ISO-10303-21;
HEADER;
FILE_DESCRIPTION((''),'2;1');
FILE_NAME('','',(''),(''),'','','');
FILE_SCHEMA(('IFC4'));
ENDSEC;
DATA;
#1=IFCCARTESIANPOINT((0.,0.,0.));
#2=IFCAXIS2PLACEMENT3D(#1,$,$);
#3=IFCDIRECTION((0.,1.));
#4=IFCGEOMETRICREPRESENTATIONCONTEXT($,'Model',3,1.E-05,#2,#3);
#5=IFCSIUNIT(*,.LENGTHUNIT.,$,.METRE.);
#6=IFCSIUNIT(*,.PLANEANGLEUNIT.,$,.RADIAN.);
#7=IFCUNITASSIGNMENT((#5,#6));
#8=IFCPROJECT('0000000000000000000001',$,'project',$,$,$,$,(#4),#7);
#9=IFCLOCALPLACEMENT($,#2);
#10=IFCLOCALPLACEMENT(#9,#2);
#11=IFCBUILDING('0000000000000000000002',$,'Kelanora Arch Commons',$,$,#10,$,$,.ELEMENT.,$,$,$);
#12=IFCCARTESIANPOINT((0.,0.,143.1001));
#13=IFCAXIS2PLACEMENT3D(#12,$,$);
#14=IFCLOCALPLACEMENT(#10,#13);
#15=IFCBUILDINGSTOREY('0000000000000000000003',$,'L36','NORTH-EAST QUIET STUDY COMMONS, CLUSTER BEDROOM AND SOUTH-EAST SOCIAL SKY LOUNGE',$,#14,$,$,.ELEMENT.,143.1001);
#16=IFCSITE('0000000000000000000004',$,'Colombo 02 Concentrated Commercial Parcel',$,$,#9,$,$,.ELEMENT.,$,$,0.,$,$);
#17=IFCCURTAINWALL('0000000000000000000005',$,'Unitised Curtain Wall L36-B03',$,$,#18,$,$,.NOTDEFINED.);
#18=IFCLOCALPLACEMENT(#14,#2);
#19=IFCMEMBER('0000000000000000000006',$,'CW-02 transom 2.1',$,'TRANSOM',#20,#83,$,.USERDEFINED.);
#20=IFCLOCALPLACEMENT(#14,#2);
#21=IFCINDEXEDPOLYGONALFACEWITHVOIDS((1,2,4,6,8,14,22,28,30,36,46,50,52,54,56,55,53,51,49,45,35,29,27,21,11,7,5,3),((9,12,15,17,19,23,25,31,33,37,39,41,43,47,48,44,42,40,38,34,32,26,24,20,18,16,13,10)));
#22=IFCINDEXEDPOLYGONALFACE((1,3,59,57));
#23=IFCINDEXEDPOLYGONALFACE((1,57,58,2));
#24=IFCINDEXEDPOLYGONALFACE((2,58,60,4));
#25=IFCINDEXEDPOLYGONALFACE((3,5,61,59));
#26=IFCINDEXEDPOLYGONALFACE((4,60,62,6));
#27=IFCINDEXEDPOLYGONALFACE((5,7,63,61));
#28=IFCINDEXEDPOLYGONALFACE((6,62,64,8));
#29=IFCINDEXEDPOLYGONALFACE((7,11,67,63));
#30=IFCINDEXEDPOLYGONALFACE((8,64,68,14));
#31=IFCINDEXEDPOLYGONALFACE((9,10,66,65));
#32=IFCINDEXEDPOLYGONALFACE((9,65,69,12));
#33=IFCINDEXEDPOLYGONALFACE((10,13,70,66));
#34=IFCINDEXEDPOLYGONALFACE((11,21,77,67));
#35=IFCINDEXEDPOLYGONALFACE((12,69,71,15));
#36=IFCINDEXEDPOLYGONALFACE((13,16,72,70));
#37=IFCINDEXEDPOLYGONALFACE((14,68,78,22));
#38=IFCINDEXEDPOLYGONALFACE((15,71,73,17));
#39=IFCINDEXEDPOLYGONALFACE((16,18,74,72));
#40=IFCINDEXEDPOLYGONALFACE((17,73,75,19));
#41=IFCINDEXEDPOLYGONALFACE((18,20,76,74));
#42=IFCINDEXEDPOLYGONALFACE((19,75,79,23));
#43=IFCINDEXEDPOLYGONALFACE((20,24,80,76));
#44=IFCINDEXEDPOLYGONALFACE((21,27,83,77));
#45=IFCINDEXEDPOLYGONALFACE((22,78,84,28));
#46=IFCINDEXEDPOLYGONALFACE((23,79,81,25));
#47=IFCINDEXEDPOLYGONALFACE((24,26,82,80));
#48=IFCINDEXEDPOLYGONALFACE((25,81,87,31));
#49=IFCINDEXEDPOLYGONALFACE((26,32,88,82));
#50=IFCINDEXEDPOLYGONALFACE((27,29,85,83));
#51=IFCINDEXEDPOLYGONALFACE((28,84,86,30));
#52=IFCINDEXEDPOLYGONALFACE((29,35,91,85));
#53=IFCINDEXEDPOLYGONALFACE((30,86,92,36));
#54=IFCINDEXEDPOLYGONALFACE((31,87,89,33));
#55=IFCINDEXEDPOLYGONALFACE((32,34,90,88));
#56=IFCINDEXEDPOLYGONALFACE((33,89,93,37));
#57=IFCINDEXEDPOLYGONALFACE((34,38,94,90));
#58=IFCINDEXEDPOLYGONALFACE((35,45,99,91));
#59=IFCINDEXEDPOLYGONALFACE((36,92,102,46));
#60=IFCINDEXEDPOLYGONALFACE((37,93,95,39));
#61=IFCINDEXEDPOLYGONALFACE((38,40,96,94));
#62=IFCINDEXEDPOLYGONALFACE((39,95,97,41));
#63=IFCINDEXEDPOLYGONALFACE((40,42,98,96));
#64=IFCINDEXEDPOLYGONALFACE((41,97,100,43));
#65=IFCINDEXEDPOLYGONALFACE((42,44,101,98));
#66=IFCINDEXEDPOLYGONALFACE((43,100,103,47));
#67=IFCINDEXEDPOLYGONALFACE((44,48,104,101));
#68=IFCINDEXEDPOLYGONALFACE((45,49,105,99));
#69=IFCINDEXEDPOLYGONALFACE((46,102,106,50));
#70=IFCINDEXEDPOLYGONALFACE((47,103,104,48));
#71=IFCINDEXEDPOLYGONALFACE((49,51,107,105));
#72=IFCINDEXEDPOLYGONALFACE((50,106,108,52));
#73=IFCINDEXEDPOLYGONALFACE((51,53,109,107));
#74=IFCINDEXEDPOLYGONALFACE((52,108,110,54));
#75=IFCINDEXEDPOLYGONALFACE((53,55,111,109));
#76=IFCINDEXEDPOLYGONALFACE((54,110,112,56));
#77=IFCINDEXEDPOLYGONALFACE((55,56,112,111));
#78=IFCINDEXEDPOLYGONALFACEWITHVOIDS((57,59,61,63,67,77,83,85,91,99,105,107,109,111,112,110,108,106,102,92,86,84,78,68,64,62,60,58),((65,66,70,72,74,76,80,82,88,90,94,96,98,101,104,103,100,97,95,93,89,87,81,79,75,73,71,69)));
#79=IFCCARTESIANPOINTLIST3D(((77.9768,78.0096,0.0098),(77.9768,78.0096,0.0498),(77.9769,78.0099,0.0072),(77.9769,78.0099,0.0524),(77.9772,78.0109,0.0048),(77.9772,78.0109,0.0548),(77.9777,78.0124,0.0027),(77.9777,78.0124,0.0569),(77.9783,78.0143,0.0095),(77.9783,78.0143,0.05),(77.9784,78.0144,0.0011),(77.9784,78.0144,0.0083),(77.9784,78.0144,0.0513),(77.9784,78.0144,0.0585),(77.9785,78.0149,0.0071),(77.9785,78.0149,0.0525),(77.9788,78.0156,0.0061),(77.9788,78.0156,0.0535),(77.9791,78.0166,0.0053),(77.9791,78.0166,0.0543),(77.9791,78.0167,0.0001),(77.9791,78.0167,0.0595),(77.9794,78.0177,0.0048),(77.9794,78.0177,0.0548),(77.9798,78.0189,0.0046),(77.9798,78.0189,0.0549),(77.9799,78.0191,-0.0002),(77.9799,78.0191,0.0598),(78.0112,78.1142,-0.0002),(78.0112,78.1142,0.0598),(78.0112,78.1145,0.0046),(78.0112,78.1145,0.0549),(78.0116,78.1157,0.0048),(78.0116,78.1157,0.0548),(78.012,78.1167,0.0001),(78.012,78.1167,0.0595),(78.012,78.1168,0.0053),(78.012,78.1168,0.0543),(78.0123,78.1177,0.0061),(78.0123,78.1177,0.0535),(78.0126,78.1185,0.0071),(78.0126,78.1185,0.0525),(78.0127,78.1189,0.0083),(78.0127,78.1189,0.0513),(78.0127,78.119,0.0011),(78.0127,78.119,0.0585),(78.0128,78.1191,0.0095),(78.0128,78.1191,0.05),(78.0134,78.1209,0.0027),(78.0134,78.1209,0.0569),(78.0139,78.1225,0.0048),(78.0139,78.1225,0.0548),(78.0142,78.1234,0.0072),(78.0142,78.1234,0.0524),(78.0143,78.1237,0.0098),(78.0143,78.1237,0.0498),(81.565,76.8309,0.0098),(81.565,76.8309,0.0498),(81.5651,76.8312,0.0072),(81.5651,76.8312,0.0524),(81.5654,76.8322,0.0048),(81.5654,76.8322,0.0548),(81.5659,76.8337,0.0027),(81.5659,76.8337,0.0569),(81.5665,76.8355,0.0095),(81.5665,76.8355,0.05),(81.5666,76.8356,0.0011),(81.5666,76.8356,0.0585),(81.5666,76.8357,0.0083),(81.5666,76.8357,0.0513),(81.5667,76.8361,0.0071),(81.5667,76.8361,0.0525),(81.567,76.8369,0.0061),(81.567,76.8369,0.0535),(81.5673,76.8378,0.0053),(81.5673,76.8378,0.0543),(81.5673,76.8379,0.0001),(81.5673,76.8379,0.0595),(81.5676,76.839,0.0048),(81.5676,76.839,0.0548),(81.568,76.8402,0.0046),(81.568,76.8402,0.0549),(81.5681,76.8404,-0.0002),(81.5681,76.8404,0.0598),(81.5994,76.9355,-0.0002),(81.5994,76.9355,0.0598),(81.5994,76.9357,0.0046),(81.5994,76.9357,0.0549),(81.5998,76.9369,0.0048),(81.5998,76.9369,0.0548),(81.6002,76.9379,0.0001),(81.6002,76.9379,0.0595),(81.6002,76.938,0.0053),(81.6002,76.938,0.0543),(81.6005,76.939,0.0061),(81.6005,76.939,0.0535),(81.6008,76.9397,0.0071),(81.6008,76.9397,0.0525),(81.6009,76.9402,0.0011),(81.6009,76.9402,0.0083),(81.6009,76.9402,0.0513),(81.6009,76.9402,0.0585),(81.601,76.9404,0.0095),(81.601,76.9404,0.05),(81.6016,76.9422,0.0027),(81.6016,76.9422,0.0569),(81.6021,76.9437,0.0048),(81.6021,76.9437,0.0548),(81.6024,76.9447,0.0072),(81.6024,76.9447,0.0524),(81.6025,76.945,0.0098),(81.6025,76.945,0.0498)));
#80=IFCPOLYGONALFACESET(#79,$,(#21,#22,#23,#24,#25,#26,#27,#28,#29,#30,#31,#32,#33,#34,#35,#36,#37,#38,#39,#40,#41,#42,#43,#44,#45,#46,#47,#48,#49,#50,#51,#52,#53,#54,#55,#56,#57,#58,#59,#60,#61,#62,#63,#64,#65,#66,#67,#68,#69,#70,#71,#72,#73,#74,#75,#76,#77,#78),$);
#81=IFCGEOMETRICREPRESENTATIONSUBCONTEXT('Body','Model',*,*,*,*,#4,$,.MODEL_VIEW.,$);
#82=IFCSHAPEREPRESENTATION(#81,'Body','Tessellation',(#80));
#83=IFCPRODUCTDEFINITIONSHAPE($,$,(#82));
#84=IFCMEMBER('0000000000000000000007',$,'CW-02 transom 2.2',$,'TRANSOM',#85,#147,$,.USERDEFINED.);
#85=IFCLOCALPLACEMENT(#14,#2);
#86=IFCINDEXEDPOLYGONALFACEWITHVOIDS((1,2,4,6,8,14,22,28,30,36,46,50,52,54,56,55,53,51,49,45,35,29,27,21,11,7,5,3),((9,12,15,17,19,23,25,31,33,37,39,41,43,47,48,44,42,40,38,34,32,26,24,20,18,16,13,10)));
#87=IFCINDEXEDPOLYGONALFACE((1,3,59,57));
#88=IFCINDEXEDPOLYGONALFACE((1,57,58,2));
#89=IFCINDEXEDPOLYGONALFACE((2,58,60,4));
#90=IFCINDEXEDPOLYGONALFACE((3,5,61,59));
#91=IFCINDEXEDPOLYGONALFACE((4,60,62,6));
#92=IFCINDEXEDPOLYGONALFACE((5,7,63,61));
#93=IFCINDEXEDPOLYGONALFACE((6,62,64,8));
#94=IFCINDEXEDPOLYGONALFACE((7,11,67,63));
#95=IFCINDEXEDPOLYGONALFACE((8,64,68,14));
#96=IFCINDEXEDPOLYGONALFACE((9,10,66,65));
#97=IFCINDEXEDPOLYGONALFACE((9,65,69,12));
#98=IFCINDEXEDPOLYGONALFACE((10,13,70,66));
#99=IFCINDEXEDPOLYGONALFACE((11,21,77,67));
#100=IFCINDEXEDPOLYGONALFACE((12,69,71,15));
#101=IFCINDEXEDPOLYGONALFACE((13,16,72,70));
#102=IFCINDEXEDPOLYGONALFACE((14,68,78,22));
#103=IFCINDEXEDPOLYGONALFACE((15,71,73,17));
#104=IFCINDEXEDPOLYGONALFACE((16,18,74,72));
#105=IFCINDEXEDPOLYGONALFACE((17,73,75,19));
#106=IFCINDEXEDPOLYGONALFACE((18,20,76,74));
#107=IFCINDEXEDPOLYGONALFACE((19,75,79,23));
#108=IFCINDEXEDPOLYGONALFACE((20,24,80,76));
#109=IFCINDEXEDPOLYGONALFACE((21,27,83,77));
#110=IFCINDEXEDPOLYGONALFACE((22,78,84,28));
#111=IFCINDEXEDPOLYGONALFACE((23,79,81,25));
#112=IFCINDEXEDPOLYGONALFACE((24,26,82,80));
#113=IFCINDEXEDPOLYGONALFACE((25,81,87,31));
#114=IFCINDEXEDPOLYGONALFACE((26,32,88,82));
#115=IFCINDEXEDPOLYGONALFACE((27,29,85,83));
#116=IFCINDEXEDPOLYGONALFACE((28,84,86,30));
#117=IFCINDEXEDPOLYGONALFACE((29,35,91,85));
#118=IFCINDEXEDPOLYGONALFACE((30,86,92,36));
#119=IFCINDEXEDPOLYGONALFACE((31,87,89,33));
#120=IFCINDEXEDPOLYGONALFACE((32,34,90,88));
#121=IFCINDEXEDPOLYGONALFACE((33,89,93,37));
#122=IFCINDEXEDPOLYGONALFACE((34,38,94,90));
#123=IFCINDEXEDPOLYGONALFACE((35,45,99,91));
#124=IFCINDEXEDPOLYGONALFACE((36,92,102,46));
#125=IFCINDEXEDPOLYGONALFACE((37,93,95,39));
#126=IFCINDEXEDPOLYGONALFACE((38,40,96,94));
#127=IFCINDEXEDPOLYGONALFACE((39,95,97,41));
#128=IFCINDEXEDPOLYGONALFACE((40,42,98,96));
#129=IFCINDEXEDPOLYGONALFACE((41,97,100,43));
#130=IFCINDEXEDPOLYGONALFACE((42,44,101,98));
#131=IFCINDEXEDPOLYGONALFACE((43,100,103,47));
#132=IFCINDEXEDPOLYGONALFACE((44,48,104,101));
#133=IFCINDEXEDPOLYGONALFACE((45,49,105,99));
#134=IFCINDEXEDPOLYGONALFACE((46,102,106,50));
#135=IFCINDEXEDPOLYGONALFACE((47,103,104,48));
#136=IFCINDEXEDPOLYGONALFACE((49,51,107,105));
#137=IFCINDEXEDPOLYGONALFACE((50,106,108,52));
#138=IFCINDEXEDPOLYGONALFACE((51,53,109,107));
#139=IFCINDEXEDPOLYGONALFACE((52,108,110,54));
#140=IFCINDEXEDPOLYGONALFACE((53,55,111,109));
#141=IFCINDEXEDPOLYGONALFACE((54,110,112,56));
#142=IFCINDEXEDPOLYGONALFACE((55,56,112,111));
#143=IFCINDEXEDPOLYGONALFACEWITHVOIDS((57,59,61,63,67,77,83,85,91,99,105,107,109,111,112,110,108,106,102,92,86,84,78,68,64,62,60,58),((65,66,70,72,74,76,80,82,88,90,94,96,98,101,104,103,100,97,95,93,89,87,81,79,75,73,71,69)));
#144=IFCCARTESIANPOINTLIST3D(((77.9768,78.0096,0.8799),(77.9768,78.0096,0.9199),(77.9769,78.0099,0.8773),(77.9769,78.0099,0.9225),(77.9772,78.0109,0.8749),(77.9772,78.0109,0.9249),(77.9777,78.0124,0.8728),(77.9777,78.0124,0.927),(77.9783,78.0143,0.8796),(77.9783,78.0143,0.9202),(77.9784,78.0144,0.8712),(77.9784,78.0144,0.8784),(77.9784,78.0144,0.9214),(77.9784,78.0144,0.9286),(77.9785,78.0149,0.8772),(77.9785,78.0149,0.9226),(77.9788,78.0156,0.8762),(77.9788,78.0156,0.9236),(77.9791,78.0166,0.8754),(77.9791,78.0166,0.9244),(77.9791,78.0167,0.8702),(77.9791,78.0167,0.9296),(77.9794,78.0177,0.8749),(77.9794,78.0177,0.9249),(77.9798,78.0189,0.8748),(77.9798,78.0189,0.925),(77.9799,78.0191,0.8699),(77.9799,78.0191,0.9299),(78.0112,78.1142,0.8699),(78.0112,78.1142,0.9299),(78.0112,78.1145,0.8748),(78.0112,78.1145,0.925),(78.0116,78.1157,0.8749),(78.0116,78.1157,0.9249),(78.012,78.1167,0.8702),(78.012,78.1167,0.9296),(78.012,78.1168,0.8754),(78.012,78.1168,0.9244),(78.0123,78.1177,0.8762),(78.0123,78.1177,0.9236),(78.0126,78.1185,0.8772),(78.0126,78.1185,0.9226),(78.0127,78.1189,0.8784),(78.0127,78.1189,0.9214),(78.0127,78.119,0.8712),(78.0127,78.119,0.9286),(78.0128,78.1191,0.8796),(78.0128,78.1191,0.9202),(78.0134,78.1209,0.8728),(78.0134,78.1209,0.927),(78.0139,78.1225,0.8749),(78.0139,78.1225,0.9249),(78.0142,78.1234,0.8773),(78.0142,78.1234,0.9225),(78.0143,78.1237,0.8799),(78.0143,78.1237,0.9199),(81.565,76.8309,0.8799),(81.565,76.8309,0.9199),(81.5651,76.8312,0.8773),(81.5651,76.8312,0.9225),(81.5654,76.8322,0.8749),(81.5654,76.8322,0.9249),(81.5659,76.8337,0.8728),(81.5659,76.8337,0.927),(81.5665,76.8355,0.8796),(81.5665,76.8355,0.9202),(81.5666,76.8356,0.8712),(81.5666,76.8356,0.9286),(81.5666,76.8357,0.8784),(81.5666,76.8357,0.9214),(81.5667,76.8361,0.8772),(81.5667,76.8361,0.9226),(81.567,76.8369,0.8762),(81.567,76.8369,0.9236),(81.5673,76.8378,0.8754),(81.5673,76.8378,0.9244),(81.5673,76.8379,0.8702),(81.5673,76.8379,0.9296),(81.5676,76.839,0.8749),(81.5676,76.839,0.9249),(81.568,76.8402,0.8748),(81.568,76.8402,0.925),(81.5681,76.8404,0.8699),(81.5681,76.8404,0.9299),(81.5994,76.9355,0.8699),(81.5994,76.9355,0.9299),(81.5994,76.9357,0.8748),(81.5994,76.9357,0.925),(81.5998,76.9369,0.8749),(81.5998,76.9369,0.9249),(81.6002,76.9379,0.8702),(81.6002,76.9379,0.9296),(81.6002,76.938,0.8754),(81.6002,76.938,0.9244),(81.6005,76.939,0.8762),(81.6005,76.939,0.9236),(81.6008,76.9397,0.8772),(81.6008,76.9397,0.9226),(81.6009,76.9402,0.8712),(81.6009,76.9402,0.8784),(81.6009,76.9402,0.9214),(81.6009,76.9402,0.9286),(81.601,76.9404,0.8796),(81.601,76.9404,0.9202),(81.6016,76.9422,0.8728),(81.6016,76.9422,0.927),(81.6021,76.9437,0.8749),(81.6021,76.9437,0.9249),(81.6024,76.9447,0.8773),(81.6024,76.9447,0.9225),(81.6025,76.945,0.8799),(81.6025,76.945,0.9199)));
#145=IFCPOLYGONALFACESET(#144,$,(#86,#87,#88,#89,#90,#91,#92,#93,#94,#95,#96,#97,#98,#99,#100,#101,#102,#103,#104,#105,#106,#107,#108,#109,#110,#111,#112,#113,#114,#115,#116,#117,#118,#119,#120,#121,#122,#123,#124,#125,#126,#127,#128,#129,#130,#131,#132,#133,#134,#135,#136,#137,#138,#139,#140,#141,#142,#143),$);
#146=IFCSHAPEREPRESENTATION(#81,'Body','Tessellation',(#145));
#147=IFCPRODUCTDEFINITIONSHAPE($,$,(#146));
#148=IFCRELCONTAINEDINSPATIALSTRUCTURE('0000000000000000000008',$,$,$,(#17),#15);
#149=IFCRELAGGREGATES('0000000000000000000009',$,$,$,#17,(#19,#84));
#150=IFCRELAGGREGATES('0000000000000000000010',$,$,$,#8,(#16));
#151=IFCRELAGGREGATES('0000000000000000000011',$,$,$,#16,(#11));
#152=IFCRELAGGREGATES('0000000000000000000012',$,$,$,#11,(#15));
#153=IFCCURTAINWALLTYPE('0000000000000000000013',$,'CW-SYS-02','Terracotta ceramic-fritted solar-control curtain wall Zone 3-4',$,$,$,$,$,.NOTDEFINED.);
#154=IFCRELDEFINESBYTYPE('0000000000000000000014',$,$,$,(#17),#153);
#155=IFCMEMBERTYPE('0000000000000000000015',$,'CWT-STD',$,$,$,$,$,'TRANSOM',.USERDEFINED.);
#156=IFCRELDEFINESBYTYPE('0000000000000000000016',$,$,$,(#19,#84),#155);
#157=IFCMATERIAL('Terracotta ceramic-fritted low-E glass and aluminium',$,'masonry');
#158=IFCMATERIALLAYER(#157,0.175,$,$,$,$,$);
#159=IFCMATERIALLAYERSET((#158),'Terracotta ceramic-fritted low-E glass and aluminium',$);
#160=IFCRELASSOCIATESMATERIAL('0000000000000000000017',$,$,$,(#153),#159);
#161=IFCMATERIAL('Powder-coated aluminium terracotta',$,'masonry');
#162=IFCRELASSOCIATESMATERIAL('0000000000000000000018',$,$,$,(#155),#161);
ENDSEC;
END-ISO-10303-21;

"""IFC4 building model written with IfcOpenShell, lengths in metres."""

from ifc_helpers import new_model, si_unit, direction, frame, origin, origin_2d, place, context, subcontext, project, spatial, hollow_rectangle, extrude, material, layer, layer_set, material_profile, profile_set, type_object, element, aggregate, save


model = new_model("IFC4")

# Units and contexts
model_context = context("Model", 3, precision=1e-05, world=origin(), true_north=direction((0.0, 1.0)))
body_context = subcontext(model_context, "Body", "Model", "MODEL_VIEW")
ifc_project = project(units=[si_unit("LENGTHUNIT", "METRE"), si_unit("PLANEANGLEUNIT", "RADIAN")], contexts=[model_context])

# Site, building, storey
site_placement = place(None, origin())
site = spatial("IfcSite", under=ifc_project, at=site_placement, Name="Colombo 02 Concentrated Commercial Parcel", CompositionType="ELEMENT", RefElevation=0.0)
building_placement = place(site_placement, origin())
building = spatial("IfcBuilding", under=site, at=building_placement, Name="Kelanora Arch Commons", CompositionType="ELEMENT")
storey_placement = place(building_placement, frame((0.0, 0.0, 143.1001)))
storey = spatial("IfcBuildingStorey", under=building, at=storey_placement, Name="L36", Description="NORTH-EAST QUIET STUDY COMMONS, CLUSTER BEDROOM AND SOUTH-EAST SOCIAL SKY LOUNGE", CompositionType="ELEMENT", Elevation=143.1001)

# Curtain wall, members
ifc_material_1 = material(Name="Terracotta ceramic-fritted low-E glass and aluminium", Category="masonry")
ifc_layer_1 = layer(ifc_material_1, 0.175)
ifc_layer_set_1 = layer_set([ifc_layer_1], Name="Terracotta ceramic-fritted low-E glass and aluminium")
curtain_wall_type = type_object("IfcCurtainWallType", Name="CW-SYS-02", Description="Terracotta ceramic-fritted solar-control curtain wall Zone 3-4", PredefinedType="NOTDEFINED", material=ifc_layer_set_1)
curtain_wall_placement = place(storey_placement, origin())
curtain_wall = element("IfcCurtainWall", 1, at=curtain_wall_placement, inside=storey, type_object=curtain_wall_type, Name="Unitised Curtain Wall L36-B03", PredefinedType="NOTDEFINED")
ifc_material_2 = material(Name="Powder-coated aluminium terracotta", Category="masonry")
ifc_material_profile_1 = material_profile(ifc_material_2, hollow_rectangle(XDim=0.1201, YDim=0.0601, WallThickness=0.0049, InnerFilletRadius=0.0049, OuterFilletRadius=0.01, at=origin_2d()), Name="CWT120x60")
ifc_profile_set_1 = profile_set([ifc_material_profile_1], Name="Powder-coated aluminium terracotta")
member_type_1 = type_object("IfcMemberType", Name="CWT-STD", ElementType="TRANSOM", PredefinedType="USERDEFINED", material=ifc_profile_set_1)
member_1_placement = place(storey_placement, frame((81.5837, 76.8879, 0.0298), z_axis=(-0.950051, 0.312094, 0.0), x_axis=(-0.312094, -0.950051, 0.0)))
member_1 = element("IfcMember", 2, at=member_1_placement, type_object=member_type_1, Name="CW-02 transom 2.1", ObjectType="TRANSOM", PredefinedType="USERDEFINED", context=body_context, shape_type="SweptSolid", body=[
    extrude(hollow_rectangle(XDim=0.1201, YDim=0.0601, WallThickness=0.0049, InnerFilletRadius=0.0049, OuterFilletRadius=0.01, at=origin_2d()), origin(), (0.0, 0.0, 1.0), 3.7769),
])
member_2_placement = place(storey_placement, frame((81.5837, 76.8879, 0.8999), z_axis=(-0.950051, 0.312094, 0.0), x_axis=(-0.312094, -0.950051, 0.0)))
member_2 = element("IfcMember", 3, at=member_2_placement, type_object=member_type_1, Name="CW-02 transom 2.2", ObjectType="TRANSOM", PredefinedType="USERDEFINED", context=body_context, shape_type="SweptSolid", body=[
    extrude(hollow_rectangle(XDim=0.1201, YDim=0.0601, WallThickness=0.0049, InnerFilletRadius=0.0049, OuterFilletRadius=0.01, at=origin_2d()), origin(), (0.0, 0.0, 1.0), 3.7769),
])
aggregate(curtain_wall, [member_1, member_2])

save(model, "model.ifc")
